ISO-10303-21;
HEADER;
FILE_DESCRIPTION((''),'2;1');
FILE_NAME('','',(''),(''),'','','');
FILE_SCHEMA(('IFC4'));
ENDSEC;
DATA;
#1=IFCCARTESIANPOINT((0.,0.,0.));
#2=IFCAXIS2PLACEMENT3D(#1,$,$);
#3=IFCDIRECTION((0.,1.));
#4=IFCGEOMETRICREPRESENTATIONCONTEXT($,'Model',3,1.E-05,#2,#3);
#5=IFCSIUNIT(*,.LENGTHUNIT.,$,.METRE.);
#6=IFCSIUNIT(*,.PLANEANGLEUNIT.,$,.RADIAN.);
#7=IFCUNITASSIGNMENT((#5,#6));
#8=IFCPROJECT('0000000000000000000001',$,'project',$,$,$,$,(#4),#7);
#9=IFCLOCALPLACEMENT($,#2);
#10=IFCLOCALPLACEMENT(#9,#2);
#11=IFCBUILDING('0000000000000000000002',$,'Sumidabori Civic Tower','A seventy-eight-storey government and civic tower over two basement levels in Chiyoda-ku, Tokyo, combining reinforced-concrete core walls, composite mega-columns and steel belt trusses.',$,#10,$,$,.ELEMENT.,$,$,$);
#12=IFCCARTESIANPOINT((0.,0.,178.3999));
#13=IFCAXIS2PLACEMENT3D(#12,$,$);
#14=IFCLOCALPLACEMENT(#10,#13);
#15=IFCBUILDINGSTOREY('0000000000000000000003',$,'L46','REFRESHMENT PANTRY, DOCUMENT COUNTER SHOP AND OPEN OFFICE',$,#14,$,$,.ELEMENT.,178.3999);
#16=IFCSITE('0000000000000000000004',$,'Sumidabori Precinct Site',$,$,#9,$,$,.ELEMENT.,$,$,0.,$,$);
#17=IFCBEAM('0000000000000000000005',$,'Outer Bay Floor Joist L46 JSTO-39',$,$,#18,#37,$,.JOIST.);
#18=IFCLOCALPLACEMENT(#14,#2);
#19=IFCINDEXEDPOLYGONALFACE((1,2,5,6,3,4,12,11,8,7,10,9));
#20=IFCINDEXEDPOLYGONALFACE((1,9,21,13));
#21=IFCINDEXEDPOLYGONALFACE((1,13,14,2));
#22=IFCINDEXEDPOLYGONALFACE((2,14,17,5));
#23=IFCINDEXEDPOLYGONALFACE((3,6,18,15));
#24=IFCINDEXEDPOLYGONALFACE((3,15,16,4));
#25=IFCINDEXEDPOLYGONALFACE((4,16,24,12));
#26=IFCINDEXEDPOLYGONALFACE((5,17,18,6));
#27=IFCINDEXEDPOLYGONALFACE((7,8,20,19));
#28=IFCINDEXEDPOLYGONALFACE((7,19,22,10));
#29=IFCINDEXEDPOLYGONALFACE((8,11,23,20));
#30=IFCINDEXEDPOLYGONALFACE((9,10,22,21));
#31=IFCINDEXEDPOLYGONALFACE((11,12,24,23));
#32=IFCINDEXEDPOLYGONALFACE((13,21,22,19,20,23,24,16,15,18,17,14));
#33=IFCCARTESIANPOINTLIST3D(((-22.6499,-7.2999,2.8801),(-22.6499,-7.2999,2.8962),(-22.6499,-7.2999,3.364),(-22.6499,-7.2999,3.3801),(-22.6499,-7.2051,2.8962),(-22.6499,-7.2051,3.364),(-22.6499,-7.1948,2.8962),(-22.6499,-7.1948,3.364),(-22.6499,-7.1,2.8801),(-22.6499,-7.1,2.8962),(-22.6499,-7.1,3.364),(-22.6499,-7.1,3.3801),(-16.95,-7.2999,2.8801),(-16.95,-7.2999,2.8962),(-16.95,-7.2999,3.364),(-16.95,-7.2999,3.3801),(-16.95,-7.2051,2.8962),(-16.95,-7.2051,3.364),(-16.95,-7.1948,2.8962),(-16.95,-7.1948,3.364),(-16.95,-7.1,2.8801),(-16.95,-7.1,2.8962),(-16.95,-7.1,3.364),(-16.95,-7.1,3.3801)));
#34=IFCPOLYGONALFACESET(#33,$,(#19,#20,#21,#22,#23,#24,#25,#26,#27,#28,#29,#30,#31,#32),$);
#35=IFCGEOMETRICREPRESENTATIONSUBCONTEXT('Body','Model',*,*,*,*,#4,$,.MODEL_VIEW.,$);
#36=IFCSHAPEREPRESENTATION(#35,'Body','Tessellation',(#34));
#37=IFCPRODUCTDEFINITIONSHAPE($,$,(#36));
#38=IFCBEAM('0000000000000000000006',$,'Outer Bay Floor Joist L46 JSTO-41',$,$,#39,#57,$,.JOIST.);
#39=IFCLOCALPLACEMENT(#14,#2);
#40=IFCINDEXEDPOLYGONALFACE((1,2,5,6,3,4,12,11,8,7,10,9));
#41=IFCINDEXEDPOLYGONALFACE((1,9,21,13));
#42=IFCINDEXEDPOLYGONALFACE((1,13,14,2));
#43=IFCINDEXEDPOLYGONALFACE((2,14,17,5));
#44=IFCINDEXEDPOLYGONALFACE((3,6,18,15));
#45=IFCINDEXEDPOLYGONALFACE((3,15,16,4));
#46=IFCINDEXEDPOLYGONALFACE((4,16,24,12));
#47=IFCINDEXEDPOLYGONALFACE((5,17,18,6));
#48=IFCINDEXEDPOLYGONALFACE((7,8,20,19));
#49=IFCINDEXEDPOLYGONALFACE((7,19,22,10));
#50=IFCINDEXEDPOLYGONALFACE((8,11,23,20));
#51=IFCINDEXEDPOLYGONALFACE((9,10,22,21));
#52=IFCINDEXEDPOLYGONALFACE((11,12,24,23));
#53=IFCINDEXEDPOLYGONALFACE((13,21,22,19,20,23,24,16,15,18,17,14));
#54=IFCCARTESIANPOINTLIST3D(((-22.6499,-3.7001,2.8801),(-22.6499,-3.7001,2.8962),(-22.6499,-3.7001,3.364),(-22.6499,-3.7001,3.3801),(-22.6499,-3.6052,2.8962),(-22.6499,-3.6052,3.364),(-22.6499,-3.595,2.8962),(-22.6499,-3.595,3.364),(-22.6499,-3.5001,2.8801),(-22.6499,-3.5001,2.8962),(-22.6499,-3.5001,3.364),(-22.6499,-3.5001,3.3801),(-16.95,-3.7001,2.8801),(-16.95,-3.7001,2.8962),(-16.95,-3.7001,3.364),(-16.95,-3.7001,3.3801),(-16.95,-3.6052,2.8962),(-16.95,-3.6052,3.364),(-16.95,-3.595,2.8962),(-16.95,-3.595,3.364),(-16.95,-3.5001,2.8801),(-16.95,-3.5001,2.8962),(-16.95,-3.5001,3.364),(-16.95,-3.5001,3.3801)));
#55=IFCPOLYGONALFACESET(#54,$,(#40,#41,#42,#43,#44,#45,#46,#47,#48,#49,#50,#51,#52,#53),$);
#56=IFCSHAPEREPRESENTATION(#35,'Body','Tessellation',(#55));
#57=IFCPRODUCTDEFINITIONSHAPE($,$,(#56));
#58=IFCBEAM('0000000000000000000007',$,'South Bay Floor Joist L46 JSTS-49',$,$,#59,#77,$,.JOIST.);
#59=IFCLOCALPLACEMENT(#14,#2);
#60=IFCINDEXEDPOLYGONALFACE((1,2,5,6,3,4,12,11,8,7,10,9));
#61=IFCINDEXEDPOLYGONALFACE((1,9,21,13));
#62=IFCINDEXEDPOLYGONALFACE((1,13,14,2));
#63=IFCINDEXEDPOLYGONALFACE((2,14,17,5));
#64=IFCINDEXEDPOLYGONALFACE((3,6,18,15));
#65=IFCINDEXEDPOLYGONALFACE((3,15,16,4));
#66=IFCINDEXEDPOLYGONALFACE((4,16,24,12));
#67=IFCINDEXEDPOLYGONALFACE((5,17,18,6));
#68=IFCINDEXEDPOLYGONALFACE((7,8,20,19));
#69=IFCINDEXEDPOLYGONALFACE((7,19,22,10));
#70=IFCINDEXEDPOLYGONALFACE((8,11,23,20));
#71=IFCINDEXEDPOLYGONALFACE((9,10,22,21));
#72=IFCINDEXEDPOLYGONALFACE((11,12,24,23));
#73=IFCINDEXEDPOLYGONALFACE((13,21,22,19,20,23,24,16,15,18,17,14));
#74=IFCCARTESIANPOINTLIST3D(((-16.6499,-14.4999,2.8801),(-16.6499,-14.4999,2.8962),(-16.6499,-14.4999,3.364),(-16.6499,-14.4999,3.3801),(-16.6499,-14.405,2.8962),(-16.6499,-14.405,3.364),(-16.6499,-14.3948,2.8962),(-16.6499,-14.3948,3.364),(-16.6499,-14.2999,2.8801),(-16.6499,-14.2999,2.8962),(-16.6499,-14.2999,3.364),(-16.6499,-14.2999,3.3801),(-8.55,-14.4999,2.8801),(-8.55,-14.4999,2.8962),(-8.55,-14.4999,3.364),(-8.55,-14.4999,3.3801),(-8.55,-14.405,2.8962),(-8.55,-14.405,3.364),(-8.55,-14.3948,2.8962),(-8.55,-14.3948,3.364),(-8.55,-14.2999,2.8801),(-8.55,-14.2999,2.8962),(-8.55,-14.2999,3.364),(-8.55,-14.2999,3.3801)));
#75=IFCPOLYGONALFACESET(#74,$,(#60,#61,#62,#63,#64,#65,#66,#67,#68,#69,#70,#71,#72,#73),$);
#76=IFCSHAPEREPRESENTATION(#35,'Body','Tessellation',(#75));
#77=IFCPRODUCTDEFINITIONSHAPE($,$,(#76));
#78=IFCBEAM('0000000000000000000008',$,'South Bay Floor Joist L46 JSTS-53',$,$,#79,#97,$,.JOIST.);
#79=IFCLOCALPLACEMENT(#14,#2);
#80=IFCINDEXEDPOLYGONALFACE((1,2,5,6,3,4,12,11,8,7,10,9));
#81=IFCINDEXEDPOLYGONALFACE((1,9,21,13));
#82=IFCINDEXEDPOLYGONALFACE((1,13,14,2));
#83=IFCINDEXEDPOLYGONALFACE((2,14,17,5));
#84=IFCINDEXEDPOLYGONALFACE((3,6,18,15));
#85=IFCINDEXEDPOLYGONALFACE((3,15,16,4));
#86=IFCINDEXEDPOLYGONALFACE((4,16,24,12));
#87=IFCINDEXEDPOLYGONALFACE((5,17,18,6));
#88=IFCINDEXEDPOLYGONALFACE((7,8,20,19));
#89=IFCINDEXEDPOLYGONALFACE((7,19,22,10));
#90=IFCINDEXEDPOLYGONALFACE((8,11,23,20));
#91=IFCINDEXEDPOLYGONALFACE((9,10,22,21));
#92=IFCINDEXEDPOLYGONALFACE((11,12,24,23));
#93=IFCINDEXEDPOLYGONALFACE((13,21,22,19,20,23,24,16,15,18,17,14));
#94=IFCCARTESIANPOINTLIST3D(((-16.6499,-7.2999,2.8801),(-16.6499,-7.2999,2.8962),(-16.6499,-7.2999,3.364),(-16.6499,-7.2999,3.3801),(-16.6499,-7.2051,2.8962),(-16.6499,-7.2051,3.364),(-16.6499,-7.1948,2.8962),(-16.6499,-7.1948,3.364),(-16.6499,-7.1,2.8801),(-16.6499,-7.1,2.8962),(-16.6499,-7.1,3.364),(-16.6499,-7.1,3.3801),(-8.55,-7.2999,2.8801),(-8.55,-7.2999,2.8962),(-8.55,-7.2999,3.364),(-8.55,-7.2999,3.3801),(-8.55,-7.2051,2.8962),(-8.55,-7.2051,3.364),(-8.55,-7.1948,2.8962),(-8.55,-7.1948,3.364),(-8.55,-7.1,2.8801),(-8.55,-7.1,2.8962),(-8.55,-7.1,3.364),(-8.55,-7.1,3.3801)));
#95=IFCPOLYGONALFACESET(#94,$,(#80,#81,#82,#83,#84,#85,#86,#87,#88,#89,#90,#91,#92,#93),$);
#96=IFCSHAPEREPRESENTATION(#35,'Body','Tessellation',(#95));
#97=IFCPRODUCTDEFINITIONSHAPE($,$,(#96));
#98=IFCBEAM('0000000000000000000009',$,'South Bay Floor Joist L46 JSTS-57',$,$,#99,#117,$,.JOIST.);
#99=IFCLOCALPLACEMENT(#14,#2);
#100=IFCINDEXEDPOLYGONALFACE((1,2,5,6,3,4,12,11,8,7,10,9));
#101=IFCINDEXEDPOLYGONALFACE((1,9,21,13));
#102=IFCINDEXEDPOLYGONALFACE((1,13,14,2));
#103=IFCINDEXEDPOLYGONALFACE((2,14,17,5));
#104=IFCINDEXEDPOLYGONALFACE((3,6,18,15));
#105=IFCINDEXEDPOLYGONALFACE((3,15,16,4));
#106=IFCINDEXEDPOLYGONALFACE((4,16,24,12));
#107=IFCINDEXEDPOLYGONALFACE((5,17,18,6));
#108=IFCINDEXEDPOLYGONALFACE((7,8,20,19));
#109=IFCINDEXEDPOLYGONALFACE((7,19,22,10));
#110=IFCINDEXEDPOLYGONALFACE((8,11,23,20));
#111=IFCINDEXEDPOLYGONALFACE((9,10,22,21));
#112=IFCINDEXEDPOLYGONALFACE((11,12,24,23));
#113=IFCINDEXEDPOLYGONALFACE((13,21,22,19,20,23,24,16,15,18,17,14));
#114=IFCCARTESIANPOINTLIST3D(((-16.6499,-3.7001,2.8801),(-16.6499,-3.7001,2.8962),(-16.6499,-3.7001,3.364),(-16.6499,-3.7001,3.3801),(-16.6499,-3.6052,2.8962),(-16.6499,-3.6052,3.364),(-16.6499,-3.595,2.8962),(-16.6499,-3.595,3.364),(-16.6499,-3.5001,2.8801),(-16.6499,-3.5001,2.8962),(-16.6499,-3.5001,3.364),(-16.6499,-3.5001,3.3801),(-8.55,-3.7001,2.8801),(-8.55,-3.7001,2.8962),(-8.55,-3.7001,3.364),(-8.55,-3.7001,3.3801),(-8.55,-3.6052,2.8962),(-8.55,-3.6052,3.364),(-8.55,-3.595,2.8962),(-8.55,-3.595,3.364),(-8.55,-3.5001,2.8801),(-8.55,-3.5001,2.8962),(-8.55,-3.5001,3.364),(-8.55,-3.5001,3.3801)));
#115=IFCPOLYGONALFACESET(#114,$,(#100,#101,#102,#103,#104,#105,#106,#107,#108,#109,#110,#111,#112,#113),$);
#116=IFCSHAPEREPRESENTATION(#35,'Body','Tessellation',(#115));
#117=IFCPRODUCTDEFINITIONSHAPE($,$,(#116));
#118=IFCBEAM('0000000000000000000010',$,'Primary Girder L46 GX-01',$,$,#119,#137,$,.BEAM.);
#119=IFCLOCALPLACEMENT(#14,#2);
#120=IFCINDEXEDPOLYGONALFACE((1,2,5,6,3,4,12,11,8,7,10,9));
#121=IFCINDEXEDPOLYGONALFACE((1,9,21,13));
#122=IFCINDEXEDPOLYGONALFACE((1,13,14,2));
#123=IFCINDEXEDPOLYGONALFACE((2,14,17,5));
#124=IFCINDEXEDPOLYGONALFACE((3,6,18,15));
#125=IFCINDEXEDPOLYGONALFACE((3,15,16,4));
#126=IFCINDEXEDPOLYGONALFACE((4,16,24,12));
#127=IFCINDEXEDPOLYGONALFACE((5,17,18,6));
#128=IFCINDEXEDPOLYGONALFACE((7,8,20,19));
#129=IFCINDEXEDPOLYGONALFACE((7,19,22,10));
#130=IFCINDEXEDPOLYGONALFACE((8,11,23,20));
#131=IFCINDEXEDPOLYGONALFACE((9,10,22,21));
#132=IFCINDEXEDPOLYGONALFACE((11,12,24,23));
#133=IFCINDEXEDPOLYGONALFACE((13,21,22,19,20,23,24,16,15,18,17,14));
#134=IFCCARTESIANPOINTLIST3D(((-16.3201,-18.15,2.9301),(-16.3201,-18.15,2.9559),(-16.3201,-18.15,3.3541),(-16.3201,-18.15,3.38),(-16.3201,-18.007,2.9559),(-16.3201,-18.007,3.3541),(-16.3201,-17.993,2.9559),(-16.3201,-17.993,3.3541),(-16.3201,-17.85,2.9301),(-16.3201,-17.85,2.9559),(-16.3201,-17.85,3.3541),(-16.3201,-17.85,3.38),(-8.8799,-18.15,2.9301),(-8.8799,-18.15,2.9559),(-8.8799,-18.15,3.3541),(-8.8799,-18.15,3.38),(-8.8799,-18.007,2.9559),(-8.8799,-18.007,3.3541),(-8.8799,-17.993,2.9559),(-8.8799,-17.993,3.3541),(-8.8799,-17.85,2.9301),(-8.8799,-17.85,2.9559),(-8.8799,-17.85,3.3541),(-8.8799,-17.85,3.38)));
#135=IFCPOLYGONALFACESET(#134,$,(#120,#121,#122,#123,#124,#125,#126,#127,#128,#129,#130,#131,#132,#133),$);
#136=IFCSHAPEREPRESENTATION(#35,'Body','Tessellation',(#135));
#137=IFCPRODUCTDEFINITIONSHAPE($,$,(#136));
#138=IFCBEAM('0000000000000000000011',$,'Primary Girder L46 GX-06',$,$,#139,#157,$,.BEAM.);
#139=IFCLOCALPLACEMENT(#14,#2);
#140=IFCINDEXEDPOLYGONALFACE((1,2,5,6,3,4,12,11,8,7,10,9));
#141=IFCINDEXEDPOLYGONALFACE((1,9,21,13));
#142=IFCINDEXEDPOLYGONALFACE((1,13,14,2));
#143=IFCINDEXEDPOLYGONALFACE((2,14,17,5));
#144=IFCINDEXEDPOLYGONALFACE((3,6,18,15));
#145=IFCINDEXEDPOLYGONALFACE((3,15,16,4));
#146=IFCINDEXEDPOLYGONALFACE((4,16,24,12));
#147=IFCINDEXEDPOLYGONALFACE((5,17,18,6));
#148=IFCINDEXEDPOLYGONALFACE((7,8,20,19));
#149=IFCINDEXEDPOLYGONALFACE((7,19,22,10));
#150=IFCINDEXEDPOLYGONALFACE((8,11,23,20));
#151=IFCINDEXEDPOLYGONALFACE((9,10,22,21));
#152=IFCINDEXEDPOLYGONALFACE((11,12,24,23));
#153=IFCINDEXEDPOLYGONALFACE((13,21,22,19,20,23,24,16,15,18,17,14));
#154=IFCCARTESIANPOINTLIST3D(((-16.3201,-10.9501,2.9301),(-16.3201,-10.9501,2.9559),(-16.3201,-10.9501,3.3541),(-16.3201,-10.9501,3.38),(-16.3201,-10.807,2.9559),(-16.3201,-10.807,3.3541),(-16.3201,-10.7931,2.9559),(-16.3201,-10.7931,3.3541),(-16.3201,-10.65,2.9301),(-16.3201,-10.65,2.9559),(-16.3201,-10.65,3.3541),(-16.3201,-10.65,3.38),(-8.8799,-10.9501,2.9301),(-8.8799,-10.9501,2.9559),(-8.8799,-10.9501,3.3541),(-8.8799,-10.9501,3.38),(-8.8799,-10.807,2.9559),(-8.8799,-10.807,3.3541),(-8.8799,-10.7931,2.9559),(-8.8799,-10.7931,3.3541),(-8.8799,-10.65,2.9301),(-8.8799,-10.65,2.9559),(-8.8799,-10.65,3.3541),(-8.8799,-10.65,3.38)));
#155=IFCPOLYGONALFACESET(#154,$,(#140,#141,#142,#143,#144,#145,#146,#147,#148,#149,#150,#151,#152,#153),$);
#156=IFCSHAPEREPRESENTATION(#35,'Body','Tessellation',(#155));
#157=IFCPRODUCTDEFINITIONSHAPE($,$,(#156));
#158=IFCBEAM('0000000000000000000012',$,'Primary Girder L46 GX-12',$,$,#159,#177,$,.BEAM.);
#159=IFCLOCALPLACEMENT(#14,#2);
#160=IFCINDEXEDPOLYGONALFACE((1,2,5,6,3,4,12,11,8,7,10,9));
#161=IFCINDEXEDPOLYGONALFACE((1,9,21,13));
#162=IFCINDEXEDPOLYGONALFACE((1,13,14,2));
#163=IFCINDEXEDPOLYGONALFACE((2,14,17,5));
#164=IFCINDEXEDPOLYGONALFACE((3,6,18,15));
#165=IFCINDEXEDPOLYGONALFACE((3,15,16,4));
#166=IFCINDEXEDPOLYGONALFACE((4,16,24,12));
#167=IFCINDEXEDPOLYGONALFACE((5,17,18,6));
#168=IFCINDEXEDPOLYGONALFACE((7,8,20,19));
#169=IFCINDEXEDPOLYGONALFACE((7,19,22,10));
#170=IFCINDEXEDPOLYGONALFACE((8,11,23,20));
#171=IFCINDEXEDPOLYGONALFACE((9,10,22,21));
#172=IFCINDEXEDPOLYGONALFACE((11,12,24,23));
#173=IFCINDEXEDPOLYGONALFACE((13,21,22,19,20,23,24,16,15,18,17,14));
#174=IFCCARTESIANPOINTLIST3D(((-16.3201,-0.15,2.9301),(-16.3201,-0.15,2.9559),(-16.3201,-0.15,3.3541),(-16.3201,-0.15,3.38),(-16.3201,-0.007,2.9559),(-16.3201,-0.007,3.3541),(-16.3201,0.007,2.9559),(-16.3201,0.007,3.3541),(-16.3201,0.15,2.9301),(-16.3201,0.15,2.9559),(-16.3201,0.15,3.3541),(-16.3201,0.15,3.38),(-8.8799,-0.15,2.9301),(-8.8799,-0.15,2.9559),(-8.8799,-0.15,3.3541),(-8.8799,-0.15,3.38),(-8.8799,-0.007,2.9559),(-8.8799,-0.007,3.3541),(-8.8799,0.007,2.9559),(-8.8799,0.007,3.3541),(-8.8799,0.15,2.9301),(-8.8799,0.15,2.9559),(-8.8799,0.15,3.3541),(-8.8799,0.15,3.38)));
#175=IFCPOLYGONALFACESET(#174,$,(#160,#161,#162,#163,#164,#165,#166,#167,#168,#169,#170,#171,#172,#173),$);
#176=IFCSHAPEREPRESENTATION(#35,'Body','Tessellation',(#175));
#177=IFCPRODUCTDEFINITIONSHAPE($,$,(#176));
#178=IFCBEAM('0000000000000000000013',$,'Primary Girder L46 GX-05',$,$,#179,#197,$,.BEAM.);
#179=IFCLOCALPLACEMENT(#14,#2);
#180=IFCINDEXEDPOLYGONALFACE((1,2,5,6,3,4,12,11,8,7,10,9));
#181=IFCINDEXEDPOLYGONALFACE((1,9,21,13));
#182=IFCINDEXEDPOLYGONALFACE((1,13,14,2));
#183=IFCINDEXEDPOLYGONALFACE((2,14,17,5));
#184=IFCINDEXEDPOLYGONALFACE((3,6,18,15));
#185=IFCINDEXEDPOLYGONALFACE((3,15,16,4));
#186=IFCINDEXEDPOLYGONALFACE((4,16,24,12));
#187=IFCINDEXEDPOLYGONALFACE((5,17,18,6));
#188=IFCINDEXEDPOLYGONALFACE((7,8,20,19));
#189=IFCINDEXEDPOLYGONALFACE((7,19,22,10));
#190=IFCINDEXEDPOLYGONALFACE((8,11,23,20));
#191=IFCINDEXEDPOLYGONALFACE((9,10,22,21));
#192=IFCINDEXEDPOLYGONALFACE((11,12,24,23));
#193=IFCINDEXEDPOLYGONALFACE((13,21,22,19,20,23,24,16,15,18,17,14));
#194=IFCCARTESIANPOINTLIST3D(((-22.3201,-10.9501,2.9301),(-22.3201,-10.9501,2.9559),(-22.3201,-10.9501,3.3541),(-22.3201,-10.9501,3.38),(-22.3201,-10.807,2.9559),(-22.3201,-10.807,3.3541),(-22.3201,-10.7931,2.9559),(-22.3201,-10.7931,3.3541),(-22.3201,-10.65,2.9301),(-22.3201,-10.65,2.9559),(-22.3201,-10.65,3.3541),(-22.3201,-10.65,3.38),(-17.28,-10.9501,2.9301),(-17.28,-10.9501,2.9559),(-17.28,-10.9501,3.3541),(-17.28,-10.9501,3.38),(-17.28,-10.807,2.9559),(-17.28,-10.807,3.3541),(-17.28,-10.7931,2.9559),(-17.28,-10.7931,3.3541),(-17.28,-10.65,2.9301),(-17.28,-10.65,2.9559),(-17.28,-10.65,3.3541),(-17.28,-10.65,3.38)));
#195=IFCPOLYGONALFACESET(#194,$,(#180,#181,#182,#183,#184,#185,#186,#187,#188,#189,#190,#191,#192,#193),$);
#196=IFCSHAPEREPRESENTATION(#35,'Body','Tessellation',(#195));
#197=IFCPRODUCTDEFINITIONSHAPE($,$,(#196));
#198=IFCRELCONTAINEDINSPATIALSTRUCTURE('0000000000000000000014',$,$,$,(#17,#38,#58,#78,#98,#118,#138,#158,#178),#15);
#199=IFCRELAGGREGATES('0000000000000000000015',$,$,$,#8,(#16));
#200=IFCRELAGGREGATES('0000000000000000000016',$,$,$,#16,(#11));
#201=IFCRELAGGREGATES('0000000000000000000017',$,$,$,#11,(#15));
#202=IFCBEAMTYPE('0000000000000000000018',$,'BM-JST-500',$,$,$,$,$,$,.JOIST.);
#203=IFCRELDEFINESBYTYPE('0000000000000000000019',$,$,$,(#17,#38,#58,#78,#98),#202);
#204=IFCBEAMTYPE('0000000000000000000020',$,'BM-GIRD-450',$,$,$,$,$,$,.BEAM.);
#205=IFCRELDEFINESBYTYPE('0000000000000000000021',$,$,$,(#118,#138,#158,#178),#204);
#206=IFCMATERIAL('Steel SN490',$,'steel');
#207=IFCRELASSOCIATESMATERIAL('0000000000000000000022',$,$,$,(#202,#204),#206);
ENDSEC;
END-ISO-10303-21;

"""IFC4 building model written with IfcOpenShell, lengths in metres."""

from ifc_helpers import new_model, si_unit, direction, frame, origin, origin_2d, place, context, subcontext, project, spatial, i_section, extrude, source, transform, mapped, material, material_profile, profile_set, type_object, element, save


model = new_model("IFC4")

# Units and contexts
model_context = context("Model", 3, precision=1e-05, world=origin(), true_north=direction((0.0, 1.0)))
body_context = subcontext(model_context, "Body", "Model", "MODEL_VIEW")
ifc_project = project(units=[si_unit("LENGTHUNIT", "METRE"), si_unit("PLANEANGLEUNIT", "RADIAN")], contexts=[model_context])

# Site, building, storey
site_placement = place(None, origin())
site = spatial("IfcSite", under=ifc_project, at=site_placement, Name="Sumidabori Precinct Site", CompositionType="ELEMENT", RefElevation=0.0)
building_placement = place(site_placement, origin())
building = spatial("IfcBuilding", under=site, at=building_placement, Name="Sumidabori Civic Tower", Description="A seventy-eight-storey government and civic tower over two basement levels in Chiyoda-ku, Tokyo, combining reinforced-concrete core walls, composite mega-columns and steel belt trusses.", CompositionType="ELEMENT")
storey_placement = place(building_placement, frame((0.0, 0.0, 178.3999)))
storey = spatial("IfcBuildingStorey", under=building, at=storey_placement, Name="L46", Description="REFRESHMENT PANTRY, DOCUMENT COUNTER SHOP AND OPEN OFFICE", CompositionType="ELEMENT", Elevation=178.3999)

# Beams
ifc_material_1 = material(Name="Steel SN490", Category="steel")
ifc_material_profile_1 = material_profile(ifc_material_1, i_section(OverallWidth=0.2, OverallDepth=0.5, WebThickness=0.0103, FlangeThickness=0.0161, at=origin_2d()), Name="IPE 500")
ifc_profile_set_1 = profile_set([ifc_material_profile_1], Name="Steel SN490")
beam_type_1 = type_object("IfcBeamType", Name="BM-JST-500", PredefinedType="JOIST", material=ifc_profile_set_1)
shared_shape_1 = source(origin(), body_context, "Body", "SweptSolid", [
    extrude(i_section(OverallWidth=0.2, OverallDepth=0.5, WebThickness=0.0103, FlangeThickness=0.0161, at=origin_2d()), origin(), (0.0, 0.0, 1.0), 5.7),
])
for number, where, z_axis, x_axis, name in (
    (1, (-22.6499, -7.2, 3.1301), (1.0, 0.0, 0.0), (0.0, 1.0, 0.0), "Outer Bay Floor Joist L46 JSTO-39"),
    (2, (-22.6499, -3.6001, 3.1301), (1.0, 0.0, 0.0), (0.0, 1.0, 0.0), "Outer Bay Floor Joist L46 JSTO-41"),
):
    element("IfcBeam", number, at=place(storey_placement, frame(where, z_axis=z_axis, x_axis=x_axis)), inside=storey, type_object=beam_type_1, Name=name, PredefinedType="JOIST", context=body_context, shape_type="MappedRepresentation", body=[
        mapped(shared_shape_1, transform((0.0, 0.0, 0.0), x_axis=(1.0, 0.0, 0.0), y_axis=(0.0, 1.0, 0.0), z_axis=(0.0, 0.0, 1.0), scale=1.0)),
    ])
shared_shape_2 = source(origin(), body_context, "Body", "SweptSolid", [
    extrude(i_section(OverallWidth=0.2, OverallDepth=0.5, WebThickness=0.0103, FlangeThickness=0.0161, at=origin_2d()), origin(), (0.0, 0.0, 1.0), 8.0999),
])
for number, where, z_axis, x_axis, name in (
    (3, (-16.6499, -14.3999, 3.1301), (1.0, 0.0, 0.0), (0.0, 1.0, 0.0), "South Bay Floor Joist L46 JSTS-49"),
    (4, (-16.6499, -7.2, 3.1301), (1.0, 0.0, 0.0), (0.0, 1.0, 0.0), "South Bay Floor Joist L46 JSTS-53"),
    (5, (-16.6499, -3.6001, 3.1301), (1.0, 0.0, 0.0), (0.0, 1.0, 0.0), "South Bay Floor Joist L46 JSTS-57"),
):
    element("IfcBeam", number, at=place(storey_placement, frame(where, z_axis=z_axis, x_axis=x_axis)), inside=storey, type_object=beam_type_1, Name=name, PredefinedType="JOIST", context=body_context, shape_type="MappedRepresentation", body=[
        mapped(shared_shape_2, transform((0.0, 0.0, 0.0), x_axis=(1.0, 0.0, 0.0), y_axis=(0.0, 1.0, 0.0), z_axis=(0.0, 0.0, 1.0), scale=1.0)),
    ])
ifc_material_profile_2 = material_profile(ifc_material_1, i_section(OverallWidth=0.3, OverallDepth=0.45, WebThickness=0.0139, FlangeThickness=0.0259, at=origin_2d()), Name="HE 450 B")
ifc_profile_set_2 = profile_set([ifc_material_profile_2], Name="Steel SN490")
beam_type_2 = type_object("IfcBeamType", Name="BM-GIRD-450", PredefinedType="BEAM", material=ifc_profile_set_2)
shared_shape_3 = source(origin(), body_context, "Body", "SweptSolid", [
    extrude(i_section(OverallWidth=0.3, OverallDepth=0.45, WebThickness=0.0139, FlangeThickness=0.0259, at=origin_2d()), origin(), (0.0, 0.0, 1.0), 7.4402),
])
for number, where, z_axis, x_axis, name in (
    (6, (-16.3201, -18.0, 3.155), (1.0, 0.0, 0.0), (0.0, 1.0, 0.0), "Primary Girder L46 GX-01"),
    (7, (-16.3201, -10.8, 3.155), (1.0, 0.0, 0.0), (0.0, 1.0, 0.0), "Primary Girder L46 GX-06"),
    (8, (-16.3201, 0.0, 3.155), (1.0, 0.0, 0.0), (0.0, 1.0, 0.0), "Primary Girder L46 GX-12"),
):
    element("IfcBeam", number, at=place(storey_placement, frame(where, z_axis=z_axis, x_axis=x_axis)), inside=storey, type_object=beam_type_2, Name=name, PredefinedType="BEAM", context=body_context, shape_type="MappedRepresentation", body=[
        mapped(shared_shape_3, transform((0.0, 0.0, 0.0), x_axis=(1.0, 0.0, 0.0), y_axis=(0.0, 1.0, 0.0), z_axis=(0.0, 0.0, 1.0), scale=1.0)),
    ])
shared_shape_4 = source(origin(), body_context, "Body", "SweptSolid", [
    extrude(i_section(OverallWidth=0.3, OverallDepth=0.45, WebThickness=0.0139, FlangeThickness=0.0259, at=origin_2d()), origin(), (0.0, 0.0, 1.0), 5.04),
])
for number, where, z_axis, x_axis, name in (
    (9, (-22.3201, -10.8, 3.155), (1.0, 0.0, 0.0), (0.0, 1.0, 0.0), "Primary Girder L46 GX-05"),
):
    element("IfcBeam", number, at=place(storey_placement, frame(where, z_axis=z_axis, x_axis=x_axis)), inside=storey, type_object=beam_type_2, Name=name, PredefinedType="BEAM", context=body_context, shape_type="MappedRepresentation", body=[
        mapped(shared_shape_4, transform((0.0, 0.0, 0.0), x_axis=(1.0, 0.0, 0.0), y_axis=(0.0, 1.0, 0.0), z_axis=(0.0, 0.0, 1.0), scale=1.0)),
    ])

save(model, "model.ifc")
